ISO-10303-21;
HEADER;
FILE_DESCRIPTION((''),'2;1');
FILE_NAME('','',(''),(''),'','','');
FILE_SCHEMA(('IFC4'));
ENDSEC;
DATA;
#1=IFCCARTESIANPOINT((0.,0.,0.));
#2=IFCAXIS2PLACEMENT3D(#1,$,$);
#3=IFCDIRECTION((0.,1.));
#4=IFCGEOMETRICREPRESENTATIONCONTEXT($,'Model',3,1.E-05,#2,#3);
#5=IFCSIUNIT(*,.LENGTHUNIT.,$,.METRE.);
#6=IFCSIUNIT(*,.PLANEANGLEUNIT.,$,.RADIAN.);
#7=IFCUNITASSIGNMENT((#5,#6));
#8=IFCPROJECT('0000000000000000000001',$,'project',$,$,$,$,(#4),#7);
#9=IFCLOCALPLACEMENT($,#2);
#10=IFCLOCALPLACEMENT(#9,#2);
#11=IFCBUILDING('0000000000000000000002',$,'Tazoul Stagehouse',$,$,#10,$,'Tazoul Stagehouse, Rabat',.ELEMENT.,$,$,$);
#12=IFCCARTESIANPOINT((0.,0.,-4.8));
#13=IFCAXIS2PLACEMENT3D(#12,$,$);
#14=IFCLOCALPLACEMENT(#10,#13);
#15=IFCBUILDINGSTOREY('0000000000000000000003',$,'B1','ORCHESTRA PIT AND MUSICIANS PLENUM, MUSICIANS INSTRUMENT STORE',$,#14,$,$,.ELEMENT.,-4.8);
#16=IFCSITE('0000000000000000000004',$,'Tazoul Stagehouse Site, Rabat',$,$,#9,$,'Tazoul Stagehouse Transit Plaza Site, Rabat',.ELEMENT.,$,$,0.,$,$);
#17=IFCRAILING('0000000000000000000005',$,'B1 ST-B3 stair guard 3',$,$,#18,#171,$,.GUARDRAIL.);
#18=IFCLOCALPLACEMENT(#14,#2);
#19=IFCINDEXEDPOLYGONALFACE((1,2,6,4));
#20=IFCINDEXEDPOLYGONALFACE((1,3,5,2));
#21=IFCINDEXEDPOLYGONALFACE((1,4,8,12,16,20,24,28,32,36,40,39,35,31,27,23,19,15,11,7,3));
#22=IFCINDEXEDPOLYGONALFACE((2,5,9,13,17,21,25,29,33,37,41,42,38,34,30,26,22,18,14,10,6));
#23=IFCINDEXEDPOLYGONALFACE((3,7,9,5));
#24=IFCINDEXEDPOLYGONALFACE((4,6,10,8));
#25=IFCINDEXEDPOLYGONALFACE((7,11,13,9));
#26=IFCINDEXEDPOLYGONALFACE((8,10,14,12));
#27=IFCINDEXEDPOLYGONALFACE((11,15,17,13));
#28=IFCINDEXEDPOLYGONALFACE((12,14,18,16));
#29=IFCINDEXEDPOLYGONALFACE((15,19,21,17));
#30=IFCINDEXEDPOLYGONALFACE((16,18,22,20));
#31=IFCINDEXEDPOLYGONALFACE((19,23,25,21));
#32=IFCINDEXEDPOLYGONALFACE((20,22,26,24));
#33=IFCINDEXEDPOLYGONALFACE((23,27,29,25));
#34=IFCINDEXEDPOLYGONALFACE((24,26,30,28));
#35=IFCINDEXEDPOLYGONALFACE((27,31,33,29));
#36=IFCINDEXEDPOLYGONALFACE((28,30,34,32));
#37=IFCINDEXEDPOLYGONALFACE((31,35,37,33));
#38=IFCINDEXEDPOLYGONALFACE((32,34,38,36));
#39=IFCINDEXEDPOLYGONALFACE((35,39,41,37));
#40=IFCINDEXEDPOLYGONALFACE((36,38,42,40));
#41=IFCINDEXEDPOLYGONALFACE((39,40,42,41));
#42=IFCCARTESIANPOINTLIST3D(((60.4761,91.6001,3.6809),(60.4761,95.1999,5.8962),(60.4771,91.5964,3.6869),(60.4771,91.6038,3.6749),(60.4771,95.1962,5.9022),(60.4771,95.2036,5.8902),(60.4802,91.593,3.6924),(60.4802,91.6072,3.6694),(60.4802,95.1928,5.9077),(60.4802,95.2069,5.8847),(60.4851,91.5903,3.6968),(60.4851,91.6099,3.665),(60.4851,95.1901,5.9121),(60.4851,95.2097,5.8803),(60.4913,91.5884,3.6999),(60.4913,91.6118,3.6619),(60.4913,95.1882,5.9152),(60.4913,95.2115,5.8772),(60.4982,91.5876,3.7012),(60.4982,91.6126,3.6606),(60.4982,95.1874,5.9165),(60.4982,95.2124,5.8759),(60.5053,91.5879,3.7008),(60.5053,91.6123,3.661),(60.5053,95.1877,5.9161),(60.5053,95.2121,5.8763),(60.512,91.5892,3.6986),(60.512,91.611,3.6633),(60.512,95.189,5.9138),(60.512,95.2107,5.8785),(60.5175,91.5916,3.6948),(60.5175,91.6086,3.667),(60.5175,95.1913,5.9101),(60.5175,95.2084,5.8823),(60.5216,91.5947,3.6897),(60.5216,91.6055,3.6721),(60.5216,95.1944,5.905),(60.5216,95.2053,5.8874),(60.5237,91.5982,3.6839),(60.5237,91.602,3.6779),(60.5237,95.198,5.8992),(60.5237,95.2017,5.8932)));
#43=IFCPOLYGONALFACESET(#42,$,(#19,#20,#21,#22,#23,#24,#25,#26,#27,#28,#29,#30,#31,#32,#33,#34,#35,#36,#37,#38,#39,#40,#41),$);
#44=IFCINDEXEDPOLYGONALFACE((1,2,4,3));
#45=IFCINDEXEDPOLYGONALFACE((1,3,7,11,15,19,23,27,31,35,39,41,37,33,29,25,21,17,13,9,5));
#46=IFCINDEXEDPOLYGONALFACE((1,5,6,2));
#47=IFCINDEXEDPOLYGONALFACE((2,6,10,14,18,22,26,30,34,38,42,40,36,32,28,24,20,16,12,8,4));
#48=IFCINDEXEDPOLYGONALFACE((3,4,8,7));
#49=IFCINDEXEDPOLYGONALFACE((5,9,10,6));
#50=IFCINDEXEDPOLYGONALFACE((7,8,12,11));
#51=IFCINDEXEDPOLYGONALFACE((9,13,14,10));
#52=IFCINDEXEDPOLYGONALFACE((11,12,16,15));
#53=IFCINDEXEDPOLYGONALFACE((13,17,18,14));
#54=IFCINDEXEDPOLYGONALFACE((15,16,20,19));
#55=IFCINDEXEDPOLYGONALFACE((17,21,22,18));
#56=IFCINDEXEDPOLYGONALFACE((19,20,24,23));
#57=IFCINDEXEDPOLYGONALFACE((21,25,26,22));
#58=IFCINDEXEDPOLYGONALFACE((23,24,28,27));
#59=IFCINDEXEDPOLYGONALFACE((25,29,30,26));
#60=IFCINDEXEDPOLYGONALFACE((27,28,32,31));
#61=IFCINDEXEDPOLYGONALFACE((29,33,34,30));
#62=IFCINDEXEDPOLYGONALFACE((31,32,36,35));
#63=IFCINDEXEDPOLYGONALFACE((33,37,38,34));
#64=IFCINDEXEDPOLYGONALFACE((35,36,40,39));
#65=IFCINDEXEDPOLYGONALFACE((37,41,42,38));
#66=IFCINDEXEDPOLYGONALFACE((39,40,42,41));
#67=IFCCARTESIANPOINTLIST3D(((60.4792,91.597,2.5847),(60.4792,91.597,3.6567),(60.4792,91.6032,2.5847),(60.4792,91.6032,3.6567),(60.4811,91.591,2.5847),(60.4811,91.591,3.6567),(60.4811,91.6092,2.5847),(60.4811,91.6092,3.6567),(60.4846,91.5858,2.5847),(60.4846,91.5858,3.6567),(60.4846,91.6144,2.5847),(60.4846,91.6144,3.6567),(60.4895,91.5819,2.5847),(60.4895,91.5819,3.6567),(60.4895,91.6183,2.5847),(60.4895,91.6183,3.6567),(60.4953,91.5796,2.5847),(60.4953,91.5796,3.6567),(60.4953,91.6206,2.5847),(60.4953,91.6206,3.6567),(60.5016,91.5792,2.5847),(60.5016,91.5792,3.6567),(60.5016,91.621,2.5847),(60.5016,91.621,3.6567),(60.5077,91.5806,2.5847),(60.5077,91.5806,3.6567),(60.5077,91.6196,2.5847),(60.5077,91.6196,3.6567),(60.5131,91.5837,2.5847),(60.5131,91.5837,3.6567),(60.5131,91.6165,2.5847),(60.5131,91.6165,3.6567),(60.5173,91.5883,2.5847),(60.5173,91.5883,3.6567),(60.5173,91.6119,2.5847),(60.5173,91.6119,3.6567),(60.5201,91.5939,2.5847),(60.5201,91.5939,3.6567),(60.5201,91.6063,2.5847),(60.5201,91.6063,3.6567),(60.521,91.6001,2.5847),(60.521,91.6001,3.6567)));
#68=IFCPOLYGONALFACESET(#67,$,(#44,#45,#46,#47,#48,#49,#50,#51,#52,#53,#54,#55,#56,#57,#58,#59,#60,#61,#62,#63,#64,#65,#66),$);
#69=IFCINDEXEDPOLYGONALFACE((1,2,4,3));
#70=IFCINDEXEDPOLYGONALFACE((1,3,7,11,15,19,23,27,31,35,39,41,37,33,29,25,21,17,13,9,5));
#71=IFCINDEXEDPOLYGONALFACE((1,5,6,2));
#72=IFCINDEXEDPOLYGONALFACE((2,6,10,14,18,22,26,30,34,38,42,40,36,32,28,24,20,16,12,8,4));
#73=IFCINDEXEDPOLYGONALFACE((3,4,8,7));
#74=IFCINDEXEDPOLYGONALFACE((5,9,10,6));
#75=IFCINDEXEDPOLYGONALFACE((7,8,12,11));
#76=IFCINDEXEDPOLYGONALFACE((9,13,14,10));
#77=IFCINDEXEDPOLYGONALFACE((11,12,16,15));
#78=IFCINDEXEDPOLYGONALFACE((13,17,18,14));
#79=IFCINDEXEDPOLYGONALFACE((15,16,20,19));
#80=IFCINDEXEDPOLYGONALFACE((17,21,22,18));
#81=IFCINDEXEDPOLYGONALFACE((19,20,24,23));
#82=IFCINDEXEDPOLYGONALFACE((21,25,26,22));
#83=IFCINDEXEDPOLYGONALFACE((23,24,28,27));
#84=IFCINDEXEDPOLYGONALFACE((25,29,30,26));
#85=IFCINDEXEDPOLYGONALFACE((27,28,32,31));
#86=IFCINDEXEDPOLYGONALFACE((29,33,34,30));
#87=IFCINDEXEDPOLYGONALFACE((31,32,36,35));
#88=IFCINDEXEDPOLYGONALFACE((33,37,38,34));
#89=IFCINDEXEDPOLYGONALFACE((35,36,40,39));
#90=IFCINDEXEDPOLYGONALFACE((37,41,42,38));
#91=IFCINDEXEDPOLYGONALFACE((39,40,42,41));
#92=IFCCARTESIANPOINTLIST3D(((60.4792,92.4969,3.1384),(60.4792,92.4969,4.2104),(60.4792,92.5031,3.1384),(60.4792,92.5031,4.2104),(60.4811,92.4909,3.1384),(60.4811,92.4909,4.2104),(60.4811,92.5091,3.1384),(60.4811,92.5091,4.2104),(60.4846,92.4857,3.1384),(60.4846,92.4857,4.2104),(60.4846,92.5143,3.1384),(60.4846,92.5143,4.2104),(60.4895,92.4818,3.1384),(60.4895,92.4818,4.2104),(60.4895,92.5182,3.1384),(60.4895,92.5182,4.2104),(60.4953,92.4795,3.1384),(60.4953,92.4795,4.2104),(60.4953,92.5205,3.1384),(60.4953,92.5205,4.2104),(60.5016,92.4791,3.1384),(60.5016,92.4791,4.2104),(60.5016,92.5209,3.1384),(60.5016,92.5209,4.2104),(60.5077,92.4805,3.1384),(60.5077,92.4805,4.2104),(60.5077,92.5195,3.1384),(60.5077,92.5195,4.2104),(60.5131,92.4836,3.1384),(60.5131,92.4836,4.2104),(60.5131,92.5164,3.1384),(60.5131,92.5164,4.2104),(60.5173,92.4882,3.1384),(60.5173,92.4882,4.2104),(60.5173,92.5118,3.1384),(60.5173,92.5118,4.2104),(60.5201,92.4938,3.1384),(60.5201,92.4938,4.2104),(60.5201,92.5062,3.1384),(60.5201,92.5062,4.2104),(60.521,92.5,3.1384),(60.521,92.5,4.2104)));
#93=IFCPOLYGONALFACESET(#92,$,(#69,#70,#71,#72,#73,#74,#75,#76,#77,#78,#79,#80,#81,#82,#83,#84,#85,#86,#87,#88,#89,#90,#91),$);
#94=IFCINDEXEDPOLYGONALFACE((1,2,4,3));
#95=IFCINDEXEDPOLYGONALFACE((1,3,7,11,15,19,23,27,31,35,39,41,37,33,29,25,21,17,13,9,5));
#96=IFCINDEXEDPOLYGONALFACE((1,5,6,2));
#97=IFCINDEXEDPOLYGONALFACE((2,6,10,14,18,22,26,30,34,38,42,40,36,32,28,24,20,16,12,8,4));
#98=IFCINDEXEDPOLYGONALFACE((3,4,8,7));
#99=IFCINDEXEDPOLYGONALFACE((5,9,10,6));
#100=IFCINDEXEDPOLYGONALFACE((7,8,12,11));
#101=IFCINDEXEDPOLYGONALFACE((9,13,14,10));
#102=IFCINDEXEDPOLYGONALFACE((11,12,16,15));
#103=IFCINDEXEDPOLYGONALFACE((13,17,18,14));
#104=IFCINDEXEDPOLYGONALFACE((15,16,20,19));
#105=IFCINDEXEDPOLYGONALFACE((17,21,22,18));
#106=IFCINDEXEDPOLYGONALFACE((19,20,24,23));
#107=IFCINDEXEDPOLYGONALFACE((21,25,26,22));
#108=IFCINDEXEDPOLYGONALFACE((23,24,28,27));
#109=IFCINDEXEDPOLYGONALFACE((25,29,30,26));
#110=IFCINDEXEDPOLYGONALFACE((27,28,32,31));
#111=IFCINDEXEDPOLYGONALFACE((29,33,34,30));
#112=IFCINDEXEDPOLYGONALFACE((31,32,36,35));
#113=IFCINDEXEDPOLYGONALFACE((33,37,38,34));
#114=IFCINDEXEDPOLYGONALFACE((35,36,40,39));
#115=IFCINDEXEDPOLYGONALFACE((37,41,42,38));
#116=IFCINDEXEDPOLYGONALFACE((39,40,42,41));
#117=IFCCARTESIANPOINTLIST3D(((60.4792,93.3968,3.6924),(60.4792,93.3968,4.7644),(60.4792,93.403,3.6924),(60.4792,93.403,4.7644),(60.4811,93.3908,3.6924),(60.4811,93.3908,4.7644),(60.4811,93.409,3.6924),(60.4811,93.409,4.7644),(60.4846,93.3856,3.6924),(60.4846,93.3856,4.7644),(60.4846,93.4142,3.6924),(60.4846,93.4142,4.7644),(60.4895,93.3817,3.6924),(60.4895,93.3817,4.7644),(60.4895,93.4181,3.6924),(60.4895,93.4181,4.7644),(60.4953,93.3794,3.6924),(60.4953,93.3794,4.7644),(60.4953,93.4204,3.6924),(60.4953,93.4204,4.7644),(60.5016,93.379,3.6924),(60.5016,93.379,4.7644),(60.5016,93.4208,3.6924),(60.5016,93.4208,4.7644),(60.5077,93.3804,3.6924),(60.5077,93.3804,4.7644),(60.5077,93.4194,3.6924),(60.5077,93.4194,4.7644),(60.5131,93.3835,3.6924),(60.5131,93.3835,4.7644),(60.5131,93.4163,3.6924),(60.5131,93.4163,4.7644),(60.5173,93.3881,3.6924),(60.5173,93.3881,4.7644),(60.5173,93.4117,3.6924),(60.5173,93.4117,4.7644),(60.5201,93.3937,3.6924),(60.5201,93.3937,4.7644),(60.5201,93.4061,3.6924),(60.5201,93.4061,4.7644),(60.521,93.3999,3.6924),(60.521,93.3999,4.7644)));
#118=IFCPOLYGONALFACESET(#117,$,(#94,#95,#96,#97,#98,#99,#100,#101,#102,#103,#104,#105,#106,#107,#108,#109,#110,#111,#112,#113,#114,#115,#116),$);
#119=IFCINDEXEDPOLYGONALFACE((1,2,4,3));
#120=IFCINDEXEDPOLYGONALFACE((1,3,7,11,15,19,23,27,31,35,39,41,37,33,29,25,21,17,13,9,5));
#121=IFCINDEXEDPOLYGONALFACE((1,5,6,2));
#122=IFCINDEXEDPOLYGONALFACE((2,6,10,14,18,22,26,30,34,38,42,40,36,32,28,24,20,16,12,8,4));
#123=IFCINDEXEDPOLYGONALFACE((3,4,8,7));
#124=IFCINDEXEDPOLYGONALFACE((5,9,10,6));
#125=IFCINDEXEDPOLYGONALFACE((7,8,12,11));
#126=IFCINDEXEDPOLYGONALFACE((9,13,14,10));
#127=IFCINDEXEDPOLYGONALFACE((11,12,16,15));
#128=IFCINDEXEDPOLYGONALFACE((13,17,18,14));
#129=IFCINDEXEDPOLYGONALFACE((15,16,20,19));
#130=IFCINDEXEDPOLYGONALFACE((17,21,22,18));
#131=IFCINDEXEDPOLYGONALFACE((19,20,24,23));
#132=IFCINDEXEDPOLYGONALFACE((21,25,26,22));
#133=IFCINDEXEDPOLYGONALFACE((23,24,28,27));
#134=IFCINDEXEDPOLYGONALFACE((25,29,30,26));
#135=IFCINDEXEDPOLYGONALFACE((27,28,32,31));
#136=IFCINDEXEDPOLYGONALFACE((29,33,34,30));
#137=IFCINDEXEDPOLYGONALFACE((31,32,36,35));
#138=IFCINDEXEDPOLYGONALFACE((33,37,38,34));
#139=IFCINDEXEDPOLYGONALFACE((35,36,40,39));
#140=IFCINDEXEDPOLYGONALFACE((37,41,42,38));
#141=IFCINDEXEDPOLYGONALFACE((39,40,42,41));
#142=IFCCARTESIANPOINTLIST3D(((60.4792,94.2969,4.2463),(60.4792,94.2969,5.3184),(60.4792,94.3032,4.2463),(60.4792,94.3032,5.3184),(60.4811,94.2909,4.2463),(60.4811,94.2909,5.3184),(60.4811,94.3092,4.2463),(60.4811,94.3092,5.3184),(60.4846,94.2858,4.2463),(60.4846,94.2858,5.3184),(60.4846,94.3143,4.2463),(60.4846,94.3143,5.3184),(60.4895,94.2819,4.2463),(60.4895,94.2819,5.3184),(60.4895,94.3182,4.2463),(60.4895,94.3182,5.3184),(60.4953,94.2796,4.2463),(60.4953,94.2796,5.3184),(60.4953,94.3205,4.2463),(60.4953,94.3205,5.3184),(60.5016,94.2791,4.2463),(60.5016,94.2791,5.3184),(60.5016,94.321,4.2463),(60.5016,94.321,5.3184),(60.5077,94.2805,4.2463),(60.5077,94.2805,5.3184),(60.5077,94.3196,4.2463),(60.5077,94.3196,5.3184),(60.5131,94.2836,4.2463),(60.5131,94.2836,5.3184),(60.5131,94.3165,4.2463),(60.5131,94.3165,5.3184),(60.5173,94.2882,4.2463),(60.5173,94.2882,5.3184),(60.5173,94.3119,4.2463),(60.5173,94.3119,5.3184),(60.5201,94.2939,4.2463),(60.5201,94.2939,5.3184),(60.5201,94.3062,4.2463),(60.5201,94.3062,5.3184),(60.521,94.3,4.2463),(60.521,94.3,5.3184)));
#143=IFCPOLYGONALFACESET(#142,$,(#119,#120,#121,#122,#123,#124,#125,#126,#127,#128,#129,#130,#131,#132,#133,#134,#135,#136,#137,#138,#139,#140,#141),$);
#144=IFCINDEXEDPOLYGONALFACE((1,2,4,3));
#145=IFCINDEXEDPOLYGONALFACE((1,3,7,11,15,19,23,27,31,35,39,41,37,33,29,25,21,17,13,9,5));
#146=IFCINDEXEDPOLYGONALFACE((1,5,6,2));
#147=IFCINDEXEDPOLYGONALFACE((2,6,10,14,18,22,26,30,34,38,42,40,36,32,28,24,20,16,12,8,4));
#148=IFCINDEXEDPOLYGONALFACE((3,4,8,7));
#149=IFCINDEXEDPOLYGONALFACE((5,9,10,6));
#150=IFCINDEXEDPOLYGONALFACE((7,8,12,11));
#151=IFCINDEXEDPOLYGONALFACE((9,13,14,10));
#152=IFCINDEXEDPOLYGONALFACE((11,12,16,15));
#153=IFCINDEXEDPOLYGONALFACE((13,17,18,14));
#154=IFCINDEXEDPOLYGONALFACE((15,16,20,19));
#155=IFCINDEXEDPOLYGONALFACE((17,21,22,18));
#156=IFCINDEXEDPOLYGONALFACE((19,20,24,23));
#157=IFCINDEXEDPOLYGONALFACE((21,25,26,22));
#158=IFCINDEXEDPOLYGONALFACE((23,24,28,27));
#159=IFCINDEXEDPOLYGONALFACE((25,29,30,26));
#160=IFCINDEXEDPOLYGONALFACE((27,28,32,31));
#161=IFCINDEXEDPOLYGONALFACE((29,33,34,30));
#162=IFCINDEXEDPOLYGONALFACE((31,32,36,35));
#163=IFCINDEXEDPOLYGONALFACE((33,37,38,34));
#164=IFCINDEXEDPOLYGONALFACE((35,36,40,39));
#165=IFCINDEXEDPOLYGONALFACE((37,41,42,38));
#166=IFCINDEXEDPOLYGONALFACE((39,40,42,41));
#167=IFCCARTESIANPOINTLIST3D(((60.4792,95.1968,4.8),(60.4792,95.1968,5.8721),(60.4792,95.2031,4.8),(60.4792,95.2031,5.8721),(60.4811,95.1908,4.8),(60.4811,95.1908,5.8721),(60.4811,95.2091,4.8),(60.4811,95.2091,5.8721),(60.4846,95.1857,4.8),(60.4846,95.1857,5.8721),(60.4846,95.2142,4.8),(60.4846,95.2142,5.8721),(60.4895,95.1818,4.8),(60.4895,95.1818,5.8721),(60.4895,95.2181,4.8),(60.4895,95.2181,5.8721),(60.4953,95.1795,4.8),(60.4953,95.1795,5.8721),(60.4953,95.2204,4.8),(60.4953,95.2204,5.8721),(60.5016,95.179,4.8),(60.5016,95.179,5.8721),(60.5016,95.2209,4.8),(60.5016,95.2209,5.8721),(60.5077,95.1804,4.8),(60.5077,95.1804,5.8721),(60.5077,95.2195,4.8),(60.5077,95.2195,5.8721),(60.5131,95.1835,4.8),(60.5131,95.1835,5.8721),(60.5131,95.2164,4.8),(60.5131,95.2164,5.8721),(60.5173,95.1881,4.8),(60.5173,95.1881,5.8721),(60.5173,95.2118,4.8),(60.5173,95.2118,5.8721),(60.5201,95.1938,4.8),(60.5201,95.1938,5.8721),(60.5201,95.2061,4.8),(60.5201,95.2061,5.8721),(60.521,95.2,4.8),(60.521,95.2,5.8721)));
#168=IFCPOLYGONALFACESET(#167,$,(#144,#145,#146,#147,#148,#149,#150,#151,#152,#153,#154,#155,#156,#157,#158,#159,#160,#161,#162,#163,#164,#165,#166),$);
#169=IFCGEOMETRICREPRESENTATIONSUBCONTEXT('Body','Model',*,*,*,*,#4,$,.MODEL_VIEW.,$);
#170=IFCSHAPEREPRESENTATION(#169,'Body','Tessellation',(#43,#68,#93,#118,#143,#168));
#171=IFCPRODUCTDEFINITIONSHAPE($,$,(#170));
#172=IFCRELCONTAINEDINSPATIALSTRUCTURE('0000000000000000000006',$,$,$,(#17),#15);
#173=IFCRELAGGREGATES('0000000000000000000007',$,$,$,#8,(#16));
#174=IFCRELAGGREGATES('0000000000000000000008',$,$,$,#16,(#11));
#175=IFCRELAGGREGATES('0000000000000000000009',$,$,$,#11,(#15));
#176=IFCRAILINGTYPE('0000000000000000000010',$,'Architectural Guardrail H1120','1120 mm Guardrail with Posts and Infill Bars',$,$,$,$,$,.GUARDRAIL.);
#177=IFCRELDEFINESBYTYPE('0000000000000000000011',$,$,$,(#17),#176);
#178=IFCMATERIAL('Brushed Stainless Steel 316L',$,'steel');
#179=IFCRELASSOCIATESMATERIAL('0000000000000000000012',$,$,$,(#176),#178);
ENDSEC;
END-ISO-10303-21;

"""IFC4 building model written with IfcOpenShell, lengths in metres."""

from ifc_helpers import new_model, si_unit, direction, frame, origin, origin_2d, place, context, subcontext, project, spatial, circle, extrude, material, material_profile, profile_set, type_object, element, save


model = new_model("IFC4")

# Units and contexts
model_context = context("Model", 3, precision=1e-05, world=origin(), true_north=direction((0.0, 1.0)))
body_context = subcontext(model_context, "Body", "Model", "MODEL_VIEW")
ifc_project = project(units=[si_unit("LENGTHUNIT", "METRE"), si_unit("PLANEANGLEUNIT", "RADIAN")], contexts=[model_context])

# Site, building, storey
site_placement = place(None, origin())
site = spatial("IfcSite", under=ifc_project, at=site_placement, Name="Tazoul Stagehouse Site, Rabat", LongName="Tazoul Stagehouse Transit Plaza Site, Rabat", CompositionType="ELEMENT", RefElevation=0.0)
building_placement = place(site_placement, origin())
building = spatial("IfcBuilding", under=site, at=building_placement, Name="Tazoul Stagehouse", LongName="Tazoul Stagehouse, Rabat", CompositionType="ELEMENT")
storey_placement = place(building_placement, frame((0.0, 0.0, -4.8)))
storey = spatial("IfcBuildingStorey", under=building, at=storey_placement, Name="B1", Description="ORCHESTRA PIT AND MUSICIANS PLENUM, MUSICIANS INSTRUMENT STORE", CompositionType="ELEMENT", Elevation=-4.8)

# Railing
ifc_material_1 = material(Name="Brushed Stainless Steel 316L", Category="steel")
ifc_material_profile_1 = material_profile(ifc_material_1, circle(Radius=0.0239, at=origin_2d()), Name="SS RAIL D48")
ifc_profile_set_1 = profile_set([ifc_material_profile_1], Name="Brushed Stainless Steel 316L")
railing_type_1 = type_object("IfcRailingType", Name="Architectural Guardrail H1120", Description="1120 mm Guardrail with Posts and Infill Bars", PredefinedType="GUARDRAIL", material=ifc_profile_set_1)
railing_1_placement = place(storey_placement, frame((60.5, 91.6001, 2.5847)))
element("IfcRailing", 1, at=railing_1_placement, inside=storey, type_object=railing_type_1, Name="B1 ST-B3 stair guard 3", PredefinedType="GUARDRAIL", context=body_context, shape_type="SweptSolid", body=[
    extrude(circle(Radius=0.0239, at=origin_2d()), frame((0.0, 0.0, 1.0962), z_axis=(0.0, 0.851654, 0.524104), x_axis=(-1.0, 0.0, 0.0)), (0.0, 0.0, 1.0), 4.2268),
    extrude(circle(Radius=0.021, at=origin_2d()), origin(), (0.0, 0.0, 1.0), 1.072),
    extrude(circle(Radius=0.021, at=origin_2d()), frame((0.0, 0.8999, 0.5537)), (0.0, 0.0, 1.0), 1.072),
    extrude(circle(Radius=0.021, at=origin_2d()), frame((0.0, 1.7998, 1.1077)), (0.0, 0.0, 1.0), 1.072),
    extrude(circle(Radius=0.021, at=origin_2d()), frame((0.0, 2.7, 1.6616)), (0.0, 0.0, 1.0), 1.072),
    extrude(circle(Radius=0.021, at=origin_2d()), frame((0.0, 3.5999, 2.2153)), (0.0, 0.0, 1.0), 1.072),
])

save(model, "model.ifc")
